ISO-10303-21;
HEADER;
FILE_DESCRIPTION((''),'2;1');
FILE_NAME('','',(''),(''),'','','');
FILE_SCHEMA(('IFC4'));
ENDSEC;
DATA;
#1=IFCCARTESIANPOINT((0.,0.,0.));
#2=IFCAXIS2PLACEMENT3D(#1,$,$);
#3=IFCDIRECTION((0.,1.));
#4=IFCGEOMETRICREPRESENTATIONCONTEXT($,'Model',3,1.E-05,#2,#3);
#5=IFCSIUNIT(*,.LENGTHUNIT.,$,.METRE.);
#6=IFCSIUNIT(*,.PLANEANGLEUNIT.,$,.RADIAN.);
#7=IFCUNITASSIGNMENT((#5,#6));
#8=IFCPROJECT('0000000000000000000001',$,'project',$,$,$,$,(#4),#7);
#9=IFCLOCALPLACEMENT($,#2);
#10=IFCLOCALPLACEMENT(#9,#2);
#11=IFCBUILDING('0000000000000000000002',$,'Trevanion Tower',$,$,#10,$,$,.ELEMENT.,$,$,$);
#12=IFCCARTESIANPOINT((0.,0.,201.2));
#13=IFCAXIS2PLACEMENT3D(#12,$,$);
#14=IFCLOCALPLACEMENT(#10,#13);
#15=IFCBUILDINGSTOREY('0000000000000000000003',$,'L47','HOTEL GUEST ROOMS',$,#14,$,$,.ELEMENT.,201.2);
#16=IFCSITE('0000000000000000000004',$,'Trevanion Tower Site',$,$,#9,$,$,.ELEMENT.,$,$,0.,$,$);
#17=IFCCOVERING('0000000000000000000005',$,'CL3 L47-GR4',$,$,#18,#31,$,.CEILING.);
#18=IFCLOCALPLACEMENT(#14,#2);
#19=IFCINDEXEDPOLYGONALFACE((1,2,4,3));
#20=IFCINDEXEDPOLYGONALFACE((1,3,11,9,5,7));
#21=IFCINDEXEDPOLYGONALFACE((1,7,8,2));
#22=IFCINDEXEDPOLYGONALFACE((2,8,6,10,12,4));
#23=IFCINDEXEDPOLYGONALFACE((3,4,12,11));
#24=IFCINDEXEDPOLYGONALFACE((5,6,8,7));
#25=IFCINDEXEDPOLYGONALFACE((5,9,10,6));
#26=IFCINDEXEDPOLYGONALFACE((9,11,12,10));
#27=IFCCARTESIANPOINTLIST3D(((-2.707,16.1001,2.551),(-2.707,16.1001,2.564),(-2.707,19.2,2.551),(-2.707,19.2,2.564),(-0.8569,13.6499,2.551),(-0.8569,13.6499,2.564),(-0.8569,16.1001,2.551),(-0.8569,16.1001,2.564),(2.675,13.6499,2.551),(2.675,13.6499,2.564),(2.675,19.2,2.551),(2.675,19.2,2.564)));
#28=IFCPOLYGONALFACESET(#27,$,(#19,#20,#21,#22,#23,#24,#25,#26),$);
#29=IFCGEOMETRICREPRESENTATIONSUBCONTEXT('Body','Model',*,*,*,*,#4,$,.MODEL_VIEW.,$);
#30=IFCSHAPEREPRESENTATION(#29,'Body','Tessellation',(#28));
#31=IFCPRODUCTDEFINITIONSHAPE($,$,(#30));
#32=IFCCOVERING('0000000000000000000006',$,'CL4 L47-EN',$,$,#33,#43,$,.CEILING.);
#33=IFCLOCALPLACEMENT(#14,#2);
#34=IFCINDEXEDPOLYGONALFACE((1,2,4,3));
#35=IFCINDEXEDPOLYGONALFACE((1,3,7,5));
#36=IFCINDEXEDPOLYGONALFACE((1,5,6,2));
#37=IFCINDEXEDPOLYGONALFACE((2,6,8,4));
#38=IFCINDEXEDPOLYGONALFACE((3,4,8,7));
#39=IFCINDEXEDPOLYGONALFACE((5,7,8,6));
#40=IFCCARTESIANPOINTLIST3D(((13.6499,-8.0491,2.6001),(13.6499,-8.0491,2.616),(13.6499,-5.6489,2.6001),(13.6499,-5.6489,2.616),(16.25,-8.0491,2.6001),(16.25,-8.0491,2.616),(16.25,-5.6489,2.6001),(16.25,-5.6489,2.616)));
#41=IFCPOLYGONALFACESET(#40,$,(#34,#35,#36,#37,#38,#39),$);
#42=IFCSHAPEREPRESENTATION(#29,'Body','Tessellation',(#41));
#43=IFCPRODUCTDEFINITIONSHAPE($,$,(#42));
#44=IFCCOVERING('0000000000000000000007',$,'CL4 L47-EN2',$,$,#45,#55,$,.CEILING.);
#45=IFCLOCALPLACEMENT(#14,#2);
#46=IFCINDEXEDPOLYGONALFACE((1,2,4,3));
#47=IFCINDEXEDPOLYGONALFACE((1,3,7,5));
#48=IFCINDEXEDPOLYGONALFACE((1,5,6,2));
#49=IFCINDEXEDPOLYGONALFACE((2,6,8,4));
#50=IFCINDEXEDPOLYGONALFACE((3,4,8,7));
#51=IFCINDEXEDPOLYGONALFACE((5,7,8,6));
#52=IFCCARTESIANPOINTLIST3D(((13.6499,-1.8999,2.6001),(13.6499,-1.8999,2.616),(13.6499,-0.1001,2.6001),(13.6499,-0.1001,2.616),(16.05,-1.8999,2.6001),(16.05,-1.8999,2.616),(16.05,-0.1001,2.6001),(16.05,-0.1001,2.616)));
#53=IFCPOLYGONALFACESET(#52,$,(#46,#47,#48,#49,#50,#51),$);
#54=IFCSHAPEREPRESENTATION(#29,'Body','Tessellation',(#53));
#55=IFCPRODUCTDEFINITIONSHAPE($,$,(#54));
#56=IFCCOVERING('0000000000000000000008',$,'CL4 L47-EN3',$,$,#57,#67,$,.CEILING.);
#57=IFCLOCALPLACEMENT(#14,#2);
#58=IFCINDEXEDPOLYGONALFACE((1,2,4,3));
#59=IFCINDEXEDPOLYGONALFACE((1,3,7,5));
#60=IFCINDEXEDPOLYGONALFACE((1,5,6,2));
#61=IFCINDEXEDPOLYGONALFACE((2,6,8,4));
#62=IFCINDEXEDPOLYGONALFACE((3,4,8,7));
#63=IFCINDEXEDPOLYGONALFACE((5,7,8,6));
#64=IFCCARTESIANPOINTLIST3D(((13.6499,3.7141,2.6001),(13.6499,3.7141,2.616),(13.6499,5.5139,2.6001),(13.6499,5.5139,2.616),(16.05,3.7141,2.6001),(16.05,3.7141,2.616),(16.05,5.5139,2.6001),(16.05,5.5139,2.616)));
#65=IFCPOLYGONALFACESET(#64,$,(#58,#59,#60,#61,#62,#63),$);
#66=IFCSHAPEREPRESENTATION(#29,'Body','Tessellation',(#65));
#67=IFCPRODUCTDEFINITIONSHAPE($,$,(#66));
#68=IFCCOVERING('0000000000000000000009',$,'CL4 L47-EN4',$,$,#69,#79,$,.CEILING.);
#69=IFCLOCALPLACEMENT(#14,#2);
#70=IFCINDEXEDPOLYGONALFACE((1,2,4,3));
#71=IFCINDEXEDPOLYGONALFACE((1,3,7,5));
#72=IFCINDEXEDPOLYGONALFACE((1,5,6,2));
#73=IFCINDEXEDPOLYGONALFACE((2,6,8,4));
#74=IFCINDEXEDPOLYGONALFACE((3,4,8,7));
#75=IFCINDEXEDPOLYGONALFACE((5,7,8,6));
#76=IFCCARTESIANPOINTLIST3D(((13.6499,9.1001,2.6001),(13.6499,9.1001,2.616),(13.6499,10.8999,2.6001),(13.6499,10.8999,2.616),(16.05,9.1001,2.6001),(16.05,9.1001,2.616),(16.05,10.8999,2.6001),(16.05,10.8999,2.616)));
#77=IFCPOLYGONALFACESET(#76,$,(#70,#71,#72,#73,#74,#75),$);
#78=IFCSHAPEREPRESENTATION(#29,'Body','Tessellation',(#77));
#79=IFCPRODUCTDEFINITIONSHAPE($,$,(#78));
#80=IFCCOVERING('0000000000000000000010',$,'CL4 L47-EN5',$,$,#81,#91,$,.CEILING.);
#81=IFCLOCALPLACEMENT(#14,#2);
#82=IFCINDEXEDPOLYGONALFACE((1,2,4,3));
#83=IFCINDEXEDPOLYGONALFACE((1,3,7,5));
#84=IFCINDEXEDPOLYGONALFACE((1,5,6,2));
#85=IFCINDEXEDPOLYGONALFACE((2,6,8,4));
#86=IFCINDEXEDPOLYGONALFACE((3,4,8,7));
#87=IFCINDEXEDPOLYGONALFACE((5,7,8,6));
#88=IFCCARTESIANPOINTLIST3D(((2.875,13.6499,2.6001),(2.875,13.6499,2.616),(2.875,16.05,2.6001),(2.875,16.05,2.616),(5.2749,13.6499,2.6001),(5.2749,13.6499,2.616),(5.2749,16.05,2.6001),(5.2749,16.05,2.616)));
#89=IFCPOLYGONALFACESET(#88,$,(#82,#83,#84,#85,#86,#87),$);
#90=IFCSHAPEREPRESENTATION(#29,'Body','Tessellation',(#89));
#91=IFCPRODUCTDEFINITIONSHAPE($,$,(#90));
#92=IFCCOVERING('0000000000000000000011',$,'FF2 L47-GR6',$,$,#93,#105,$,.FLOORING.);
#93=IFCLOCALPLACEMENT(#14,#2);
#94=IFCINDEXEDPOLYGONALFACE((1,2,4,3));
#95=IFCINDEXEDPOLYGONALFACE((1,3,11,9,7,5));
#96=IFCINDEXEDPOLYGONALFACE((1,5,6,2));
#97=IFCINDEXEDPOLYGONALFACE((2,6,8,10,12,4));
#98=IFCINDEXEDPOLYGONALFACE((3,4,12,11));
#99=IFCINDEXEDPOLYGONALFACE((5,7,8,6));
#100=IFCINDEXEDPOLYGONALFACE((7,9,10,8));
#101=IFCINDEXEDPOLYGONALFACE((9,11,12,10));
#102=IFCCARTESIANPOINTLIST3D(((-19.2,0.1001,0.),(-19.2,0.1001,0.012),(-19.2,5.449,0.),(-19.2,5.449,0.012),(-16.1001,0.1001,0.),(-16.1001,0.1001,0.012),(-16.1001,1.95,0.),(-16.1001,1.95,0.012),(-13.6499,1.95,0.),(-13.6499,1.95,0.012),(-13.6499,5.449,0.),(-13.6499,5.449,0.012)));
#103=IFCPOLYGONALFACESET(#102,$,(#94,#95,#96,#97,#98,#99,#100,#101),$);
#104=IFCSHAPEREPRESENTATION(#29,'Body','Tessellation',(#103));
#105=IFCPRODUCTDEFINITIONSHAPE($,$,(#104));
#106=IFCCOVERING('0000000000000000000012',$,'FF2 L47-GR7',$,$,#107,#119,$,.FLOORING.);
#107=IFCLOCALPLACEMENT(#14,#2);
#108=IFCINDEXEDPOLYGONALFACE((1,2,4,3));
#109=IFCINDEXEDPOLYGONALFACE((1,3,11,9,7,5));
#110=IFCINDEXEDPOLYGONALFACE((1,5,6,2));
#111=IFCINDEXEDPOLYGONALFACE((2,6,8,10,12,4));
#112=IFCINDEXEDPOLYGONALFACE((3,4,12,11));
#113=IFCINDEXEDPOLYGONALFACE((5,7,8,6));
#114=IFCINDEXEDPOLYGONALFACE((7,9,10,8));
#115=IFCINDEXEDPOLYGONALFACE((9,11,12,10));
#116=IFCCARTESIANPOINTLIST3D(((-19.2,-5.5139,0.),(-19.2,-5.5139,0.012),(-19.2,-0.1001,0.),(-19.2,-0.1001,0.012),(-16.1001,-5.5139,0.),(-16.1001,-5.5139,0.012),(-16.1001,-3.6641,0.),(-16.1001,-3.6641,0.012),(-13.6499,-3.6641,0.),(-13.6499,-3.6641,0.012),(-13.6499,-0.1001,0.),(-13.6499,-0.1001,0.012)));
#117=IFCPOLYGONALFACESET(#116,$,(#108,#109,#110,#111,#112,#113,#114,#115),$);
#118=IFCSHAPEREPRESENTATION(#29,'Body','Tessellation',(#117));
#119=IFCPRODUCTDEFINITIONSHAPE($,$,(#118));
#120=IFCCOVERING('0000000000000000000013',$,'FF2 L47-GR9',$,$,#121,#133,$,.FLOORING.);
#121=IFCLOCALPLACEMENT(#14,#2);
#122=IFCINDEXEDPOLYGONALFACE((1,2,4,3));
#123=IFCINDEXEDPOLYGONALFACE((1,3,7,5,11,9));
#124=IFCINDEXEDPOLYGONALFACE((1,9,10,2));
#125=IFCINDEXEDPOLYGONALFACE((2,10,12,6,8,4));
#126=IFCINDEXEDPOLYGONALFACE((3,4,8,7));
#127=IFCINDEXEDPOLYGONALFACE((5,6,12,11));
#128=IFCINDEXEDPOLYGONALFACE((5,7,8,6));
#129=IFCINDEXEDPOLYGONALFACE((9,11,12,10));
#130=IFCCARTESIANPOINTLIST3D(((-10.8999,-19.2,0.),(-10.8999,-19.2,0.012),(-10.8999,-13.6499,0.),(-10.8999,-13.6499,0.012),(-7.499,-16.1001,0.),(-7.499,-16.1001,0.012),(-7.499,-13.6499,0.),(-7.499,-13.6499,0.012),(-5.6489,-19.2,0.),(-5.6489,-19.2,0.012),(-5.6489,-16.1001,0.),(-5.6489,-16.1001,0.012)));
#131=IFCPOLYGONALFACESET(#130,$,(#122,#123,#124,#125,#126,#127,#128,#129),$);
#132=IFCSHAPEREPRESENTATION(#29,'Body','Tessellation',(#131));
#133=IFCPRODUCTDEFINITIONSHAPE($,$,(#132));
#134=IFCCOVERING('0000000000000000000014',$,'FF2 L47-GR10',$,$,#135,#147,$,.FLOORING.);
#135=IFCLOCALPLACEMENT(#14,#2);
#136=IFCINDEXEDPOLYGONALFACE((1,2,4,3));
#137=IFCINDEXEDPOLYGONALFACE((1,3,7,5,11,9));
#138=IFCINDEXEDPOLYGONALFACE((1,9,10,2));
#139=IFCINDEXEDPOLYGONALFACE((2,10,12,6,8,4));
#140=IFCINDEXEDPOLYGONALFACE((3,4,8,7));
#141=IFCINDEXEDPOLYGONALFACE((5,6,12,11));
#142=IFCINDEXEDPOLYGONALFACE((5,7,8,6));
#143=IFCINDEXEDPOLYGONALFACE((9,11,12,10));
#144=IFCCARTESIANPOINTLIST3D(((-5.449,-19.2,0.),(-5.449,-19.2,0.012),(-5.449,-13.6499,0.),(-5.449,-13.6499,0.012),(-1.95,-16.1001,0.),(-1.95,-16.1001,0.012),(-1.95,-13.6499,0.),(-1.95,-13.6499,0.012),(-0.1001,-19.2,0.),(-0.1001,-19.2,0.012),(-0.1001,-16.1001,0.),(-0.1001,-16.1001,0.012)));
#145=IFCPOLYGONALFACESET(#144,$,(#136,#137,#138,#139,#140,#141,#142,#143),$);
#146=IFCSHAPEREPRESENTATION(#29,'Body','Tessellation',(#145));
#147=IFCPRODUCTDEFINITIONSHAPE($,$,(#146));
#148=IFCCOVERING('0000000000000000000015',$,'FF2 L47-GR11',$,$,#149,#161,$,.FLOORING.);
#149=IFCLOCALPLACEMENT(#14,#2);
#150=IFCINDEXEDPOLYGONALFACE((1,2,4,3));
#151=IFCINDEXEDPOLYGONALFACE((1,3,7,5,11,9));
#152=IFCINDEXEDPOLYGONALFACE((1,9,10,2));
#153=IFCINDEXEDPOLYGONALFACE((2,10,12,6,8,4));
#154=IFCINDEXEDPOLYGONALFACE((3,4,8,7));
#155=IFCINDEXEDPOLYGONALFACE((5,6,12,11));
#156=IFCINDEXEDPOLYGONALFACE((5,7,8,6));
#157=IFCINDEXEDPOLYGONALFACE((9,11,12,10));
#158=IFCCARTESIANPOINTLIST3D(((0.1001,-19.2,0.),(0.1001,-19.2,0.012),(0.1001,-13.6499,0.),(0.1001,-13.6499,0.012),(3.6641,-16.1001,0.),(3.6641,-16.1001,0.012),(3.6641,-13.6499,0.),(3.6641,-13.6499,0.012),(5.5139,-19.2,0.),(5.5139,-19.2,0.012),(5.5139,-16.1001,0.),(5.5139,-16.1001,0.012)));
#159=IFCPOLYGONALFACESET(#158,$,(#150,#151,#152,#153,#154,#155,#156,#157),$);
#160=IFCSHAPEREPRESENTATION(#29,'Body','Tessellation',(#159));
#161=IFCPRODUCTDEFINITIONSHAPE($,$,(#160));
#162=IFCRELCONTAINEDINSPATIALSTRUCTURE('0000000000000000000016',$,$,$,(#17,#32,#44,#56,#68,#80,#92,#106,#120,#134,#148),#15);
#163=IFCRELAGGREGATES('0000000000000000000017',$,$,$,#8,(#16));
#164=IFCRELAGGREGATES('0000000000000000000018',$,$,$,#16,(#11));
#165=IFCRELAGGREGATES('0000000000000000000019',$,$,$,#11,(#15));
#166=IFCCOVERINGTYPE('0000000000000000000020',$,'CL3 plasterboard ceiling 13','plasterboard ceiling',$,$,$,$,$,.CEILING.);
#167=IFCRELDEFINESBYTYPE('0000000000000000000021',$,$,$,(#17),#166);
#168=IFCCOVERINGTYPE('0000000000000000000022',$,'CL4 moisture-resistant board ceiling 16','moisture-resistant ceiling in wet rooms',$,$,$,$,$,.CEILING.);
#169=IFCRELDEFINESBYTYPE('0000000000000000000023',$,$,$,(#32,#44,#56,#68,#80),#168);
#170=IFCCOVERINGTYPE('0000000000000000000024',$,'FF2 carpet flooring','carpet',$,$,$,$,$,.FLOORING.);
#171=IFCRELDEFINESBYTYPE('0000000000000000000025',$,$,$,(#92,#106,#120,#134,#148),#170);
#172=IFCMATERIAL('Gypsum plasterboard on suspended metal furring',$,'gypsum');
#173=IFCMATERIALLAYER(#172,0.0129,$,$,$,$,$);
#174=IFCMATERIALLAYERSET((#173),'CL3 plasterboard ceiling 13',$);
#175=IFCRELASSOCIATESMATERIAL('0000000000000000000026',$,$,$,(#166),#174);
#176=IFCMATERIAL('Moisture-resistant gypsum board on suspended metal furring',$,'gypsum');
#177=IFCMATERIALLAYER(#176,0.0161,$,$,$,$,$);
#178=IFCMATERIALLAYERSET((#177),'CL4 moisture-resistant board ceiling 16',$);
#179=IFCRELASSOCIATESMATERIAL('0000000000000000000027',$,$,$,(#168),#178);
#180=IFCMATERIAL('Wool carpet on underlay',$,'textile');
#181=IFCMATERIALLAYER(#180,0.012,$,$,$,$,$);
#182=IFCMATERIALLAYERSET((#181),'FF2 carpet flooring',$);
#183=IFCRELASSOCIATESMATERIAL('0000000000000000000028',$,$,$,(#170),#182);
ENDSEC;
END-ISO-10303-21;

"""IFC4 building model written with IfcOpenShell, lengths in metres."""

from ifc_helpers import new_model, si_unit, direction, frame, origin, place, context, subcontext, project, spatial, polyline, outline, extrude, material, layer, layer_set, type_object, element, save


model = new_model("IFC4")

# Units and contexts
model_context = context("Model", 3, precision=1e-05, world=origin(), true_north=direction((0.0, 1.0)))
body_context = subcontext(model_context, "Body", "Model", "MODEL_VIEW")
ifc_project = project(units=[si_unit("LENGTHUNIT", "METRE"), si_unit("PLANEANGLEUNIT", "RADIAN")], contexts=[model_context])

# Site, building, storey
site_placement = place(None, origin())
site = spatial("IfcSite", under=ifc_project, at=site_placement, Name="Trevanion Tower Site", CompositionType="ELEMENT", RefElevation=0.0)
building_placement = place(site_placement, origin())
building = spatial("IfcBuilding", under=site, at=building_placement, Name="Trevanion Tower", CompositionType="ELEMENT")
storey_placement = place(building_placement, frame((0.0, 0.0, 201.2)))
storey = spatial("IfcBuildingStorey", under=building, at=storey_placement, Name="L47", Description="HOTEL GUEST ROOMS", CompositionType="ELEMENT", Elevation=201.2)

# Coverings
ifc_material_1 = material(Name="Gypsum plasterboard on suspended metal furring", Category="gypsum")
ifc_layer_1 = layer(ifc_material_1, 0.0129)
ifc_layer_set_1 = layer_set([ifc_layer_1], Name="CL3 plasterboard ceiling 13")
covering_type_1 = type_object("IfcCoveringType", Name="CL3 plasterboard ceiling 13", Description="plasterboard ceiling", PredefinedType="CEILING", material=ifc_layer_set_1)
covering_1_placement = place(storey_placement, frame((0.0, 0.0, 2.551)))
element("IfcCovering", 1, at=covering_1_placement, inside=storey, type_object=covering_type_1, Name="CL3 L47-GR4", PredefinedType="CEILING", context=body_context, shape_type="SweptSolid", body=[
    extrude(outline(polyline([(-0.8569, 13.6499), (-0.8569, 16.1001), (-2.707, 16.1001), (-2.707, 19.2), (2.675, 19.2), (2.675, 13.6499), (-0.8569, 13.6499)])), origin(), (0.0, 0.0, 1.0), 0.0129),
])
ifc_material_2 = material(Name="Moisture-resistant gypsum board on suspended metal furring", Category="gypsum")
ifc_layer_2 = layer(ifc_material_2, 0.0161)
ifc_layer_set_2 = layer_set([ifc_layer_2], Name="CL4 moisture-resistant board ceiling 16")
covering_type_2 = type_object("IfcCoveringType", Name="CL4 moisture-resistant board ceiling 16", Description="moisture-resistant ceiling in wet rooms", PredefinedType="CEILING", material=ifc_layer_set_2)
covering_2_placement = place(storey_placement, frame((0.0, 0.0, 2.6001)))
element("IfcCovering", 2, at=covering_2_placement, inside=storey, type_object=covering_type_2, Name="CL4 L47-EN", PredefinedType="CEILING", context=body_context, shape_type="SweptSolid", body=[
    extrude(outline(polyline([(16.25, -8.0491), (16.25, -5.6489), (13.6499, -5.6489), (13.6499, -8.0491), (16.25, -8.0491)])), origin(), (0.0, 0.0, 1.0), 0.0159),
])
covering_3_placement = place(storey_placement, frame((0.0, 0.0, 2.6001)))
element("IfcCovering", 3, at=covering_3_placement, inside=storey, type_object=covering_type_2, Name="CL4 L47-EN2", PredefinedType="CEILING", context=body_context, shape_type="SweptSolid", body=[
    extrude(outline(polyline([(16.05, -1.8999), (16.05, -0.1001), (13.6499, -0.1001), (13.6499, -1.8999), (16.05, -1.8999)])), origin(), (0.0, 0.0, 1.0), 0.0159),
])
covering_4_placement = place(storey_placement, frame((0.0, 0.0, 2.6001)))
element("IfcCovering", 4, at=covering_4_placement, inside=storey, type_object=covering_type_2, Name="CL4 L47-EN3", PredefinedType="CEILING", context=body_context, shape_type="SweptSolid", body=[
    extrude(outline(polyline([(16.05, 3.7141), (16.05, 5.5139), (13.6499, 5.5139), (13.6499, 3.7141), (16.05, 3.7141)])), origin(), (0.0, 0.0, 1.0), 0.0159),
])
covering_5_placement = place(storey_placement, frame((0.0, 0.0, 2.6001)))
element("IfcCovering", 5, at=covering_5_placement, inside=storey, type_object=covering_type_2, Name="CL4 L47-EN4", PredefinedType="CEILING", context=body_context, shape_type="SweptSolid", body=[
    extrude(outline(polyline([(16.05, 9.1001), (16.05, 10.8999), (13.6499, 10.8999), (13.6499, 9.1001), (16.05, 9.1001)])), origin(), (0.0, 0.0, 1.0), 0.0159),
])
covering_6_placement = place(storey_placement, frame((0.0, 0.0, 2.6001)))
element("IfcCovering", 6, at=covering_6_placement, inside=storey, type_object=covering_type_2, Name="CL4 L47-EN5", PredefinedType="CEILING", context=body_context, shape_type="SweptSolid", body=[
    extrude(outline(polyline([(5.2749, 16.05), (2.875, 16.05), (2.875, 13.6499), (5.2749, 13.6499), (5.2749, 16.05)])), origin(), (0.0, 0.0, 1.0), 0.0159),
])
ifc_material_3 = material(Name="Wool carpet on underlay", Category="textile")
ifc_layer_3 = layer(ifc_material_3, 0.012)
ifc_layer_set_3 = layer_set([ifc_layer_3], Name="FF2 carpet flooring")
covering_type_3 = type_object("IfcCoveringType", Name="FF2 carpet flooring", Description="carpet", PredefinedType="FLOORING", material=ifc_layer_set_3)
covering_7_placement = place(storey_placement, origin())
element("IfcCovering", 7, at=covering_7_placement, inside=storey, type_object=covering_type_3, Name="FF2 L47-GR6", PredefinedType="FLOORING", context=body_context, shape_type="SweptSolid", body=[
    extrude(outline(polyline([(-13.6499, 1.95), (-16.1001, 1.95), (-16.1001, 0.1001), (-19.2, 0.1001), (-19.2, 5.449), (-13.6499, 5.449), (-13.6499, 1.95)])), origin(), (0.0, 0.0, 1.0), 0.012),
])
covering_8_placement = place(storey_placement, origin())
element("IfcCovering", 8, at=covering_8_placement, inside=storey, type_object=covering_type_3, Name="FF2 L47-GR7", PredefinedType="FLOORING", context=body_context, shape_type="SweptSolid", body=[
    extrude(outline(polyline([(-13.6499, -3.6641), (-16.1001, -3.6641), (-16.1001, -5.5139), (-19.2, -5.5139), (-19.2, -0.1001), (-13.6499, -0.1001), (-13.6499, -3.6641)])), origin(), (0.0, 0.0, 1.0), 0.012),
])
covering_9_placement = place(storey_placement, origin())
element("IfcCovering", 9, at=covering_9_placement, inside=storey, type_object=covering_type_3, Name="FF2 L47-GR9", PredefinedType="FLOORING", context=body_context, shape_type="SweptSolid", body=[
    extrude(outline(polyline([(-7.499, -13.6499), (-7.499, -16.1001), (-5.6489, -16.1001), (-5.6489, -19.2), (-10.8999, -19.2), (-10.8999, -13.6499), (-7.499, -13.6499)])), origin(), (0.0, 0.0, 1.0), 0.012),
])
covering_10_placement = place(storey_placement, origin())
element("IfcCovering", 10, at=covering_10_placement, inside=storey, type_object=covering_type_3, Name="FF2 L47-GR10", PredefinedType="FLOORING", context=body_context, shape_type="SweptSolid", body=[
    extrude(outline(polyline([(-1.95, -13.6499), (-1.95, -16.1001), (-0.1001, -16.1001), (-0.1001, -19.2), (-5.449, -19.2), (-5.449, -13.6499), (-1.95, -13.6499)])), origin(), (0.0, 0.0, 1.0), 0.012),
])
covering_11_placement = place(storey_placement, origin())
element("IfcCovering", 11, at=covering_11_placement, inside=storey, type_object=covering_type_3, Name="FF2 L47-GR11", PredefinedType="FLOORING", context=body_context, shape_type="SweptSolid", body=[
    extrude(outline(polyline([(3.6641, -13.6499), (3.6641, -16.1001), (5.5139, -16.1001), (5.5139, -19.2), (0.1001, -19.2), (0.1001, -13.6499), (3.6641, -13.6499)])), origin(), (0.0, 0.0, 1.0), 0.012),
])

save(model, "model.ifc")
